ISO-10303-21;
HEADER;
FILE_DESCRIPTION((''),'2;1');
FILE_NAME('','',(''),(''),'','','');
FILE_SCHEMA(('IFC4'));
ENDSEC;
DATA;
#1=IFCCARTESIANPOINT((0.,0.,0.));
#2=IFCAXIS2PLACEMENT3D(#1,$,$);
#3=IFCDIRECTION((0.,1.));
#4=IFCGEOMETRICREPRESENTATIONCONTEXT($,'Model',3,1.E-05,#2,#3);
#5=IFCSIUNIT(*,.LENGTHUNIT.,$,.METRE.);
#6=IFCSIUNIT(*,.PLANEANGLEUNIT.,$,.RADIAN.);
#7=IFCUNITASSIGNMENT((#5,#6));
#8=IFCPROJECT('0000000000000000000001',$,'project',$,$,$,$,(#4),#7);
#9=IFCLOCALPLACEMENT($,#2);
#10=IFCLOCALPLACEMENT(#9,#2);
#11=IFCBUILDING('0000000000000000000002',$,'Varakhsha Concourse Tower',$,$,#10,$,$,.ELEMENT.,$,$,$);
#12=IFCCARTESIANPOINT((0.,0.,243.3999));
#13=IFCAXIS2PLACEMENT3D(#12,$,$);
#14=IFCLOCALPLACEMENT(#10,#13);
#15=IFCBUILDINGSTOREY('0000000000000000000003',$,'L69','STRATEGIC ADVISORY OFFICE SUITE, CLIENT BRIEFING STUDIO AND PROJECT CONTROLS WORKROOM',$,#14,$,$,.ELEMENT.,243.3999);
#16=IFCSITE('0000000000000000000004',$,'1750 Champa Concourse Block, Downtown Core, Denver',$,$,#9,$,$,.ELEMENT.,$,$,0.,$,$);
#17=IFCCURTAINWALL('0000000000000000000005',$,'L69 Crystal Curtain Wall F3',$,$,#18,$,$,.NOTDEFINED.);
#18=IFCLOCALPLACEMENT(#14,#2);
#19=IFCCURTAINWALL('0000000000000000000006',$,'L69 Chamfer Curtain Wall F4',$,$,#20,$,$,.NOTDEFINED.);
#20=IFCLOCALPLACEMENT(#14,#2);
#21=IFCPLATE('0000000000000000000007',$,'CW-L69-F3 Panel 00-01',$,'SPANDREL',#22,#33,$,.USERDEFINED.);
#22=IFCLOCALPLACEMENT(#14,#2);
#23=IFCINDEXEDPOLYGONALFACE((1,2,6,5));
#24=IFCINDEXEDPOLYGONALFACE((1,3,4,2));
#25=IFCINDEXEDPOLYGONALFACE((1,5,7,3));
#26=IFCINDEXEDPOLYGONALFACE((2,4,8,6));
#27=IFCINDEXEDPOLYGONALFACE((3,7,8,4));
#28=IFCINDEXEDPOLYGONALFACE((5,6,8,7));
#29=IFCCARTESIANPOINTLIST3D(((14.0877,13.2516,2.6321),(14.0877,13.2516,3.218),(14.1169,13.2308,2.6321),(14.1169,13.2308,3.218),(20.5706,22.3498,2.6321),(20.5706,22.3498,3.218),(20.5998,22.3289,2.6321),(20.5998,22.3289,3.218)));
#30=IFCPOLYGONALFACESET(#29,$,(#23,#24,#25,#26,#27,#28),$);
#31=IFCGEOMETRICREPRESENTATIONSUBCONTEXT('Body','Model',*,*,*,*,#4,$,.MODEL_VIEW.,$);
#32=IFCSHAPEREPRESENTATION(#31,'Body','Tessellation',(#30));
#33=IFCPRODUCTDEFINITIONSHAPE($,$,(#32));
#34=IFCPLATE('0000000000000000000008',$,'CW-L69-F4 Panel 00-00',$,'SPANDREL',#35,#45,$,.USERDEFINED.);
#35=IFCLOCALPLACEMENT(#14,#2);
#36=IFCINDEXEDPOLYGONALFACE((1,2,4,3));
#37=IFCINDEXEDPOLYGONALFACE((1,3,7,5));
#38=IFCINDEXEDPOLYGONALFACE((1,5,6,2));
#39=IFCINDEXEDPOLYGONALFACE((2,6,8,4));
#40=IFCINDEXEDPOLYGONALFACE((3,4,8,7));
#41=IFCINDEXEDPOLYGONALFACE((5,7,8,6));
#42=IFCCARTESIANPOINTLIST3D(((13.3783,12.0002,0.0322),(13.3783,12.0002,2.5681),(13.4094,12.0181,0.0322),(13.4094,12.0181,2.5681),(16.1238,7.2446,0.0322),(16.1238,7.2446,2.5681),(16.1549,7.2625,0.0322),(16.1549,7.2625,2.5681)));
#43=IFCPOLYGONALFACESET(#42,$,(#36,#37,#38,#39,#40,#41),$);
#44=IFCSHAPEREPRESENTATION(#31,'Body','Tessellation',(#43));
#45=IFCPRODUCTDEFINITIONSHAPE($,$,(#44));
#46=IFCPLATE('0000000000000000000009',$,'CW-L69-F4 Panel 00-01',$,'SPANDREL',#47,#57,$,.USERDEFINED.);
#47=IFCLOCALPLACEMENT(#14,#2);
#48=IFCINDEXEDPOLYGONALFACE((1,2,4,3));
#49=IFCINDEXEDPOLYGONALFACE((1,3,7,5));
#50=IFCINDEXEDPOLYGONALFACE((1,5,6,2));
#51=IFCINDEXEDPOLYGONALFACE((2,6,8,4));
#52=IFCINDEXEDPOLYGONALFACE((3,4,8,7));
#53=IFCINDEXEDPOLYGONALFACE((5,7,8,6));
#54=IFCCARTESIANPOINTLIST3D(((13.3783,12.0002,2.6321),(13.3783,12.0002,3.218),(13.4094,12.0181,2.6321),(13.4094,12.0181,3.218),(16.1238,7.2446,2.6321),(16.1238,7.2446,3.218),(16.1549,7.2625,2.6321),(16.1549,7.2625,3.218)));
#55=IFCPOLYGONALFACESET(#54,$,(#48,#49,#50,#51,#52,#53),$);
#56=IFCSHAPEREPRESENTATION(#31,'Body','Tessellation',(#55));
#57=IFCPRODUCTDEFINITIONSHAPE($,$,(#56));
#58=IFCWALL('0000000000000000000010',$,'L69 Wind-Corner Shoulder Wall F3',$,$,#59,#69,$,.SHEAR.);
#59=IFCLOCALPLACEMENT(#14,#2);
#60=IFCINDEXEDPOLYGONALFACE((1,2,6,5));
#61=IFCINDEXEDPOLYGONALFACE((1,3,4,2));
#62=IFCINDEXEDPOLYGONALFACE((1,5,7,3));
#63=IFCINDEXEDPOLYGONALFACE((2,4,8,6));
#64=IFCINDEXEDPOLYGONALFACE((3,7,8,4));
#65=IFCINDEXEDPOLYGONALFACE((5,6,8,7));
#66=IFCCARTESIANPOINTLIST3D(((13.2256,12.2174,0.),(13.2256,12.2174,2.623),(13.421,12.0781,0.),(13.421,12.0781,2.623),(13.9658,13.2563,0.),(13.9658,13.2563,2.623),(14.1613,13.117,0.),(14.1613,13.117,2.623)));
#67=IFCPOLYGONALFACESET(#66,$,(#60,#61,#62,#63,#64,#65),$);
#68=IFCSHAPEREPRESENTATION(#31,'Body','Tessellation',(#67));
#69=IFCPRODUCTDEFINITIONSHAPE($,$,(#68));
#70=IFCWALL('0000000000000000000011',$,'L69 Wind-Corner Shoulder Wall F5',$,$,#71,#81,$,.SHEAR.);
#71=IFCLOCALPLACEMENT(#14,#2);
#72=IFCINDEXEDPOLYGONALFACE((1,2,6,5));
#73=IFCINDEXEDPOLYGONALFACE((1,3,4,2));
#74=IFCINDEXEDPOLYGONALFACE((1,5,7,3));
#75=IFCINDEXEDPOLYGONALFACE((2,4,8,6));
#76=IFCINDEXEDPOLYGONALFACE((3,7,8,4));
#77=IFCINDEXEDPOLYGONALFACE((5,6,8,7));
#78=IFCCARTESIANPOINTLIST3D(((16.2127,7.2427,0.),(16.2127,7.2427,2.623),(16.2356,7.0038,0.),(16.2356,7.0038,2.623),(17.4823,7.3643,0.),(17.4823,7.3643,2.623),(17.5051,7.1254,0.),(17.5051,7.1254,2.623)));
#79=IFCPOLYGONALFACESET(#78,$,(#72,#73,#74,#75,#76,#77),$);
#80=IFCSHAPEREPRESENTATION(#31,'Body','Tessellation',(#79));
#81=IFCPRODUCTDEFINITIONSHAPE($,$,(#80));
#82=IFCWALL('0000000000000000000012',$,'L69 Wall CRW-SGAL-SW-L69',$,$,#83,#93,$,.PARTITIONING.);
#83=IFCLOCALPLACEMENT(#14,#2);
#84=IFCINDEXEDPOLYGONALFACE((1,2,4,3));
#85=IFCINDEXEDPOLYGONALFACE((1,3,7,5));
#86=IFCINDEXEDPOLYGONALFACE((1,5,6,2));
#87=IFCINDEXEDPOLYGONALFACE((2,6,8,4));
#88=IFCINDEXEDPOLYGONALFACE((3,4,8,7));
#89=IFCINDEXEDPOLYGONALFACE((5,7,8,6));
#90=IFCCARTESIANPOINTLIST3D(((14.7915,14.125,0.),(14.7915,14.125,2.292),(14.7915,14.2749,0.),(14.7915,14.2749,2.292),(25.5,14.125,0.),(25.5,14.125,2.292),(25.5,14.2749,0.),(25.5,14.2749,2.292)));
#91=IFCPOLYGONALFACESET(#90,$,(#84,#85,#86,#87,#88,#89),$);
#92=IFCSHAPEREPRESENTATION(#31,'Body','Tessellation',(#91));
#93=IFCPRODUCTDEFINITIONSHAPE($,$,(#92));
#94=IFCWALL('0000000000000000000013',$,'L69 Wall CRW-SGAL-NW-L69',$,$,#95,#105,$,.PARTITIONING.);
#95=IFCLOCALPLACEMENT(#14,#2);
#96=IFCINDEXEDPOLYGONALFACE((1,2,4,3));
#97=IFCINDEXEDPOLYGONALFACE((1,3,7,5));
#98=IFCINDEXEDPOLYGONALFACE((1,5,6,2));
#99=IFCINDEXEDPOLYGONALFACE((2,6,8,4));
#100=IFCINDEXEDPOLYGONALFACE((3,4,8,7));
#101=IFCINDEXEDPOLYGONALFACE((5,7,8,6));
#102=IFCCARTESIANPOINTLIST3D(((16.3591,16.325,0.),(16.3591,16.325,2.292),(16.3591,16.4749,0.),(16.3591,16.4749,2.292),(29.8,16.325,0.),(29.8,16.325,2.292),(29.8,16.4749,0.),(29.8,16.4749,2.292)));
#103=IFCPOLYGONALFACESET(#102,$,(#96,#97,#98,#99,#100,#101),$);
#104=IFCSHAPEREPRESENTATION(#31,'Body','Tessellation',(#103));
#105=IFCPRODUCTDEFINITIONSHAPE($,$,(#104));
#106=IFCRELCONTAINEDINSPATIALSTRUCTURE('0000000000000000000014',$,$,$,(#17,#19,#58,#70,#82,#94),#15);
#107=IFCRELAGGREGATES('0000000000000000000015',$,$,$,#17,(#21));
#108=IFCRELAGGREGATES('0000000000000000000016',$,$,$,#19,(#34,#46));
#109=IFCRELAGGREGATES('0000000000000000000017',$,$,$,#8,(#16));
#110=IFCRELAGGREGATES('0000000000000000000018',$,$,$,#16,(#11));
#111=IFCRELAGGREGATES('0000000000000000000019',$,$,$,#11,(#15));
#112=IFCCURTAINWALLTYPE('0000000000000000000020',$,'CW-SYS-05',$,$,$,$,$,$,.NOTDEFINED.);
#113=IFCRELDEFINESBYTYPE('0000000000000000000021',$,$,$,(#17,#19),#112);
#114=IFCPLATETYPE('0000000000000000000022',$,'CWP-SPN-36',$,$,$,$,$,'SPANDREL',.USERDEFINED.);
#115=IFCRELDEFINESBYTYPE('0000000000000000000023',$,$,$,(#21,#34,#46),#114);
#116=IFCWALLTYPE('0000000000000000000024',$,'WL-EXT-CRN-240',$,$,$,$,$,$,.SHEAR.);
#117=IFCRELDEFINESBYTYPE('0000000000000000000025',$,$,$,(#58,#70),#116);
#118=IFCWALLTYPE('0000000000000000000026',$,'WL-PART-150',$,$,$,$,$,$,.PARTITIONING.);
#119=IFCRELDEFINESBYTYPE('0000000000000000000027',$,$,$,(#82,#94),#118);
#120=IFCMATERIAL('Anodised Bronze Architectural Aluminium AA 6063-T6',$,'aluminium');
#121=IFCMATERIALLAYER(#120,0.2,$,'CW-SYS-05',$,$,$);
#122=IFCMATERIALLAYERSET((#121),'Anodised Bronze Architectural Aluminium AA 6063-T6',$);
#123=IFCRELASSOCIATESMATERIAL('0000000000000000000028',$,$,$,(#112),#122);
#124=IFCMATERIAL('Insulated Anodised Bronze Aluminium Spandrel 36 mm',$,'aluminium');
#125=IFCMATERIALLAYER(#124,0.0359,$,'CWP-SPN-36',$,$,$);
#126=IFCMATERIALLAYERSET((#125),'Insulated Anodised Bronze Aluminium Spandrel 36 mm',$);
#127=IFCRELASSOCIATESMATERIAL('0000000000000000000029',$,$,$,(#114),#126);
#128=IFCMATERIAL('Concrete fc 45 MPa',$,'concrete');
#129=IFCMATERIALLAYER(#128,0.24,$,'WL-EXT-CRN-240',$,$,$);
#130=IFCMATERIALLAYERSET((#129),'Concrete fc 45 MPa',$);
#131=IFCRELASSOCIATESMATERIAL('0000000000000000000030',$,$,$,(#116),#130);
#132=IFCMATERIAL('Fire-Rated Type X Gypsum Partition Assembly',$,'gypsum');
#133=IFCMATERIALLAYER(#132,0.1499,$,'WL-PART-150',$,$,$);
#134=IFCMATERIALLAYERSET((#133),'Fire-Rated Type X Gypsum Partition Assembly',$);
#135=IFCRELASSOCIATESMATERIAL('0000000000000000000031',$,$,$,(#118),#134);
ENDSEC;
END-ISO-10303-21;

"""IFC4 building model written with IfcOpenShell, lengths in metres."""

from ifc_helpers import new_model, si_unit, direction, frame, frame_2d, origin, origin_2d, place, context, subcontext, project, spatial, rectangle, extrude, source, transform, mapped, material, layer, layer_set, type_object, type_shapes, element, aggregate, save


model = new_model("IFC4")

# Units and contexts
model_context = context("Model", 3, precision=1e-05, world=origin(), true_north=direction((0.0, 1.0)))
body_context = subcontext(model_context, "Body", "Model", "MODEL_VIEW")
ifc_project = project(units=[si_unit("LENGTHUNIT", "METRE"), si_unit("PLANEANGLEUNIT", "RADIAN")], contexts=[model_context])

# Site, building, storey
site_placement = place(None, origin())
site = spatial("IfcSite", under=ifc_project, at=site_placement, Name="1750 Champa Concourse Block, Downtown Core, Denver", CompositionType="ELEMENT", RefElevation=0.0)
building_placement = place(site_placement, origin())
building = spatial("IfcBuilding", under=site, at=building_placement, Name="Varakhsha Concourse Tower", CompositionType="ELEMENT")
storey_placement = place(building_placement, frame((0.0, 0.0, 243.3999)))
storey = spatial("IfcBuildingStorey", under=building, at=storey_placement, Name="L69", Description="STRATEGIC ADVISORY OFFICE SUITE, CLIENT BRIEFING STUDIO AND PROJECT CONTROLS WORKROOM", CompositionType="ELEMENT", Elevation=243.3999)

# Curtain wall
ifc_material_1 = material(Name="Anodised Bronze Architectural Aluminium AA 6063-T6", Category="aluminium")
ifc_layer_1 = layer(ifc_material_1, 0.2, Name="CW-SYS-05")
ifc_layer_set_1 = layer_set([ifc_layer_1], Name="Anodised Bronze Architectural Aluminium AA 6063-T6")
curtain_wall_type = type_object("IfcCurtainWallType", Name="CW-SYS-05", PredefinedType="NOTDEFINED", material=ifc_layer_set_1)
curtain_wall_1_placement = place(storey_placement, origin())
curtain_wall_1 = element("IfcCurtainWall", 1, at=curtain_wall_1_placement, inside=storey, type_object=curtain_wall_type, Name="L69 Crystal Curtain Wall F3", PredefinedType="NOTDEFINED")

# Curtain wall
curtain_wall_2_placement = place(storey_placement, origin())
curtain_wall_2 = element("IfcCurtainWall", 2, at=curtain_wall_2_placement, inside=storey, type_object=curtain_wall_type, Name="L69 Chamfer Curtain Wall F4", PredefinedType="NOTDEFINED")

# Shared definitions
ifc_material_2 = material(Name="Concrete fc 45 MPa", Category="concrete")

# Plates
ifc_material_3 = material(Name="Insulated Anodised Bronze Aluminium Spandrel 36 mm", Category="aluminium")
ifc_layer_2 = layer(ifc_material_3, 0.0359, Name="CWP-SPN-36")
ifc_layer_set_2 = layer_set([ifc_layer_2], Name="Insulated Anodised Bronze Aluminium Spandrel 36 mm")
plate_type_1 = type_object("IfcPlateType", Name="CWP-SPN-36", ElementType="SPANDREL", PredefinedType="USERDEFINED", material=ifc_layer_set_2)
shared_shape_1 = source(origin(), body_context, "Body", "SweptSolid", [
    extrude(rectangle(XDim=11.1716, YDim=0.0359, at=origin_2d()), origin(), (0.0, 0.0, 1.0), 0.5859),
])
plate_1_placement = place(storey_placement, frame((17.3438, 17.7903, 2.6321), z_axis=(0.0, 0.0, 1.0), x_axis=(0.580306, 0.814398, 0.0)))
plate_1 = element("IfcPlate", 3, at=plate_1_placement, type_object=plate_type_1, Name="CW-L69-F3 Panel 00-01", ObjectType="SPANDREL", PredefinedType="USERDEFINED", context=body_context, shape_type="MappedRepresentation", body=[
    mapped(shared_shape_1, transform((0.0, 0.0, 0.0), scale=1.0)),
])
aggregate(curtain_wall_1, [plate_1])
shared_shape_2 = source(origin(), body_context, "Body", "SweptSolid", [
    extrude(rectangle(XDim=5.4912, YDim=0.0359, at=origin_2d()), origin(), (0.0, 0.0, 1.0), 2.5359),
])
plate_2_placement = place(storey_placement, frame((14.7666, 9.6313, 0.0322), z_axis=(0.0, 0.0, 1.0), x_axis=(-0.499992, 0.86603, 0.0)))
plate_2 = element("IfcPlate", 4, at=plate_2_placement, type_object=plate_type_1, Name="CW-L69-F4 Panel 00-00", ObjectType="SPANDREL", PredefinedType="USERDEFINED", context=body_context, shape_type="MappedRepresentation", body=[
    mapped(shared_shape_2, transform((0.0, 0.0, 0.0), scale=1.0)),
])
shared_shape_3 = source(origin(), body_context, "Body", "SweptSolid", [
    extrude(rectangle(XDim=5.4912, YDim=0.0359, at=origin_2d()), origin(), (0.0, 0.0, 1.0), 0.5859),
])
type_shapes(plate_type_1, [shared_shape_1, shared_shape_2, shared_shape_3])
plate_3_placement = place(storey_placement, frame((14.7666, 9.6313, 2.6321), z_axis=(0.0, 0.0, 1.0), x_axis=(-0.499992, 0.86603, 0.0)))
plate_3 = element("IfcPlate", 5, at=plate_3_placement, type_object=plate_type_1, Name="CW-L69-F4 Panel 00-01", ObjectType="SPANDREL", PredefinedType="USERDEFINED", context=body_context, shape_type="MappedRepresentation", body=[
    mapped(shared_shape_3, transform((0.0, 0.0, 0.0), scale=1.0)),
])
aggregate(curtain_wall_2, [plate_2, plate_3])

# Walls
ifc_layer_3 = layer(ifc_material_2, 0.24, Name="WL-EXT-CRN-240")
ifc_layer_set_3 = layer_set([ifc_layer_3], Name="Concrete fc 45 MPa")
wall_type_1 = type_object("IfcWallType", Name="WL-EXT-CRN-240", PredefinedType="SHEAR", material=ifc_layer_set_3)
wall_1_placement = place(storey_placement, frame((14.0635, 13.1865, 0.0), z_axis=(0.0, 0.0, 1.0), x_axis=(-0.580314, -0.814392, 0.0)))
element("IfcWall", 6, at=wall_1_placement, inside=storey, type_object=wall_type_1, Name="L69 Wind-Corner Shoulder Wall F3", PredefinedType="SHEAR", context=body_context, shape_type="SweptSolid", body=[
    extrude(rectangle(XDim=1.2756, YDim=0.24, at=frame_2d((0.6377, 0.0))), origin(), (0.0, 0.0, 1.0), 2.623),
])
wall_2_placement = place(storey_placement, frame((16.2241, 7.1233, 0.0), z_axis=(0.0, 0.0, 1.0), x_axis=(0.995445, 0.095333, 0.0)))
element("IfcWall", 7, at=wall_2_placement, inside=storey, type_object=wall_type_1, Name="L69 Wind-Corner Shoulder Wall F5", PredefinedType="SHEAR", context=body_context, shape_type="SweptSolid", body=[
    extrude(rectangle(XDim=1.2754, YDim=0.24, at=frame_2d((0.6377, 0.0))), origin(), (0.0, 0.0, 1.0), 2.623),
])
ifc_material_4 = material(Name="Fire-Rated Type X Gypsum Partition Assembly", Category="gypsum")
ifc_layer_4 = layer(ifc_material_4, 0.1499, Name="WL-PART-150")
ifc_layer_set_4 = layer_set([ifc_layer_4], Name="Fire-Rated Type X Gypsum Partition Assembly")
wall_type_2 = type_object("IfcWallType", Name="WL-PART-150", PredefinedType="PARTITIONING", material=ifc_layer_set_4)
wall_3_placement = place(storey_placement, frame((14.7915, 14.2, 0.0), z_axis=(0.0, 0.0, 1.0), x_axis=(1.0, 0.0, 0.0)))
element("IfcWall", 8, at=wall_3_placement, inside=storey, type_object=wall_type_2, Name="L69 Wall CRW-SGAL-SW-L69", PredefinedType="PARTITIONING", context=body_context, shape_type="SweptSolid", body=[
    extrude(rectangle(XDim=10.7085, YDim=0.1499, at=frame_2d((5.3542, 0.0))), origin(), (0.0, 0.0, 1.0), 2.292),
])
wall_4_placement = place(storey_placement, frame((16.3591, 16.3999, 0.0), z_axis=(0.0, 0.0, 1.0), x_axis=(1.0, 0.0, 0.0)))
element("IfcWall", 9, at=wall_4_placement, inside=storey, type_object=wall_type_2, Name="L69 Wall CRW-SGAL-NW-L69", PredefinedType="PARTITIONING", context=body_context, shape_type="SweptSolid", body=[
    extrude(rectangle(XDim=13.4409, YDim=0.1499, at=frame_2d((6.7205, 0.0))), origin(), (0.0, 0.0, 1.0), 2.292),
])

save(model, "model.ifc")
